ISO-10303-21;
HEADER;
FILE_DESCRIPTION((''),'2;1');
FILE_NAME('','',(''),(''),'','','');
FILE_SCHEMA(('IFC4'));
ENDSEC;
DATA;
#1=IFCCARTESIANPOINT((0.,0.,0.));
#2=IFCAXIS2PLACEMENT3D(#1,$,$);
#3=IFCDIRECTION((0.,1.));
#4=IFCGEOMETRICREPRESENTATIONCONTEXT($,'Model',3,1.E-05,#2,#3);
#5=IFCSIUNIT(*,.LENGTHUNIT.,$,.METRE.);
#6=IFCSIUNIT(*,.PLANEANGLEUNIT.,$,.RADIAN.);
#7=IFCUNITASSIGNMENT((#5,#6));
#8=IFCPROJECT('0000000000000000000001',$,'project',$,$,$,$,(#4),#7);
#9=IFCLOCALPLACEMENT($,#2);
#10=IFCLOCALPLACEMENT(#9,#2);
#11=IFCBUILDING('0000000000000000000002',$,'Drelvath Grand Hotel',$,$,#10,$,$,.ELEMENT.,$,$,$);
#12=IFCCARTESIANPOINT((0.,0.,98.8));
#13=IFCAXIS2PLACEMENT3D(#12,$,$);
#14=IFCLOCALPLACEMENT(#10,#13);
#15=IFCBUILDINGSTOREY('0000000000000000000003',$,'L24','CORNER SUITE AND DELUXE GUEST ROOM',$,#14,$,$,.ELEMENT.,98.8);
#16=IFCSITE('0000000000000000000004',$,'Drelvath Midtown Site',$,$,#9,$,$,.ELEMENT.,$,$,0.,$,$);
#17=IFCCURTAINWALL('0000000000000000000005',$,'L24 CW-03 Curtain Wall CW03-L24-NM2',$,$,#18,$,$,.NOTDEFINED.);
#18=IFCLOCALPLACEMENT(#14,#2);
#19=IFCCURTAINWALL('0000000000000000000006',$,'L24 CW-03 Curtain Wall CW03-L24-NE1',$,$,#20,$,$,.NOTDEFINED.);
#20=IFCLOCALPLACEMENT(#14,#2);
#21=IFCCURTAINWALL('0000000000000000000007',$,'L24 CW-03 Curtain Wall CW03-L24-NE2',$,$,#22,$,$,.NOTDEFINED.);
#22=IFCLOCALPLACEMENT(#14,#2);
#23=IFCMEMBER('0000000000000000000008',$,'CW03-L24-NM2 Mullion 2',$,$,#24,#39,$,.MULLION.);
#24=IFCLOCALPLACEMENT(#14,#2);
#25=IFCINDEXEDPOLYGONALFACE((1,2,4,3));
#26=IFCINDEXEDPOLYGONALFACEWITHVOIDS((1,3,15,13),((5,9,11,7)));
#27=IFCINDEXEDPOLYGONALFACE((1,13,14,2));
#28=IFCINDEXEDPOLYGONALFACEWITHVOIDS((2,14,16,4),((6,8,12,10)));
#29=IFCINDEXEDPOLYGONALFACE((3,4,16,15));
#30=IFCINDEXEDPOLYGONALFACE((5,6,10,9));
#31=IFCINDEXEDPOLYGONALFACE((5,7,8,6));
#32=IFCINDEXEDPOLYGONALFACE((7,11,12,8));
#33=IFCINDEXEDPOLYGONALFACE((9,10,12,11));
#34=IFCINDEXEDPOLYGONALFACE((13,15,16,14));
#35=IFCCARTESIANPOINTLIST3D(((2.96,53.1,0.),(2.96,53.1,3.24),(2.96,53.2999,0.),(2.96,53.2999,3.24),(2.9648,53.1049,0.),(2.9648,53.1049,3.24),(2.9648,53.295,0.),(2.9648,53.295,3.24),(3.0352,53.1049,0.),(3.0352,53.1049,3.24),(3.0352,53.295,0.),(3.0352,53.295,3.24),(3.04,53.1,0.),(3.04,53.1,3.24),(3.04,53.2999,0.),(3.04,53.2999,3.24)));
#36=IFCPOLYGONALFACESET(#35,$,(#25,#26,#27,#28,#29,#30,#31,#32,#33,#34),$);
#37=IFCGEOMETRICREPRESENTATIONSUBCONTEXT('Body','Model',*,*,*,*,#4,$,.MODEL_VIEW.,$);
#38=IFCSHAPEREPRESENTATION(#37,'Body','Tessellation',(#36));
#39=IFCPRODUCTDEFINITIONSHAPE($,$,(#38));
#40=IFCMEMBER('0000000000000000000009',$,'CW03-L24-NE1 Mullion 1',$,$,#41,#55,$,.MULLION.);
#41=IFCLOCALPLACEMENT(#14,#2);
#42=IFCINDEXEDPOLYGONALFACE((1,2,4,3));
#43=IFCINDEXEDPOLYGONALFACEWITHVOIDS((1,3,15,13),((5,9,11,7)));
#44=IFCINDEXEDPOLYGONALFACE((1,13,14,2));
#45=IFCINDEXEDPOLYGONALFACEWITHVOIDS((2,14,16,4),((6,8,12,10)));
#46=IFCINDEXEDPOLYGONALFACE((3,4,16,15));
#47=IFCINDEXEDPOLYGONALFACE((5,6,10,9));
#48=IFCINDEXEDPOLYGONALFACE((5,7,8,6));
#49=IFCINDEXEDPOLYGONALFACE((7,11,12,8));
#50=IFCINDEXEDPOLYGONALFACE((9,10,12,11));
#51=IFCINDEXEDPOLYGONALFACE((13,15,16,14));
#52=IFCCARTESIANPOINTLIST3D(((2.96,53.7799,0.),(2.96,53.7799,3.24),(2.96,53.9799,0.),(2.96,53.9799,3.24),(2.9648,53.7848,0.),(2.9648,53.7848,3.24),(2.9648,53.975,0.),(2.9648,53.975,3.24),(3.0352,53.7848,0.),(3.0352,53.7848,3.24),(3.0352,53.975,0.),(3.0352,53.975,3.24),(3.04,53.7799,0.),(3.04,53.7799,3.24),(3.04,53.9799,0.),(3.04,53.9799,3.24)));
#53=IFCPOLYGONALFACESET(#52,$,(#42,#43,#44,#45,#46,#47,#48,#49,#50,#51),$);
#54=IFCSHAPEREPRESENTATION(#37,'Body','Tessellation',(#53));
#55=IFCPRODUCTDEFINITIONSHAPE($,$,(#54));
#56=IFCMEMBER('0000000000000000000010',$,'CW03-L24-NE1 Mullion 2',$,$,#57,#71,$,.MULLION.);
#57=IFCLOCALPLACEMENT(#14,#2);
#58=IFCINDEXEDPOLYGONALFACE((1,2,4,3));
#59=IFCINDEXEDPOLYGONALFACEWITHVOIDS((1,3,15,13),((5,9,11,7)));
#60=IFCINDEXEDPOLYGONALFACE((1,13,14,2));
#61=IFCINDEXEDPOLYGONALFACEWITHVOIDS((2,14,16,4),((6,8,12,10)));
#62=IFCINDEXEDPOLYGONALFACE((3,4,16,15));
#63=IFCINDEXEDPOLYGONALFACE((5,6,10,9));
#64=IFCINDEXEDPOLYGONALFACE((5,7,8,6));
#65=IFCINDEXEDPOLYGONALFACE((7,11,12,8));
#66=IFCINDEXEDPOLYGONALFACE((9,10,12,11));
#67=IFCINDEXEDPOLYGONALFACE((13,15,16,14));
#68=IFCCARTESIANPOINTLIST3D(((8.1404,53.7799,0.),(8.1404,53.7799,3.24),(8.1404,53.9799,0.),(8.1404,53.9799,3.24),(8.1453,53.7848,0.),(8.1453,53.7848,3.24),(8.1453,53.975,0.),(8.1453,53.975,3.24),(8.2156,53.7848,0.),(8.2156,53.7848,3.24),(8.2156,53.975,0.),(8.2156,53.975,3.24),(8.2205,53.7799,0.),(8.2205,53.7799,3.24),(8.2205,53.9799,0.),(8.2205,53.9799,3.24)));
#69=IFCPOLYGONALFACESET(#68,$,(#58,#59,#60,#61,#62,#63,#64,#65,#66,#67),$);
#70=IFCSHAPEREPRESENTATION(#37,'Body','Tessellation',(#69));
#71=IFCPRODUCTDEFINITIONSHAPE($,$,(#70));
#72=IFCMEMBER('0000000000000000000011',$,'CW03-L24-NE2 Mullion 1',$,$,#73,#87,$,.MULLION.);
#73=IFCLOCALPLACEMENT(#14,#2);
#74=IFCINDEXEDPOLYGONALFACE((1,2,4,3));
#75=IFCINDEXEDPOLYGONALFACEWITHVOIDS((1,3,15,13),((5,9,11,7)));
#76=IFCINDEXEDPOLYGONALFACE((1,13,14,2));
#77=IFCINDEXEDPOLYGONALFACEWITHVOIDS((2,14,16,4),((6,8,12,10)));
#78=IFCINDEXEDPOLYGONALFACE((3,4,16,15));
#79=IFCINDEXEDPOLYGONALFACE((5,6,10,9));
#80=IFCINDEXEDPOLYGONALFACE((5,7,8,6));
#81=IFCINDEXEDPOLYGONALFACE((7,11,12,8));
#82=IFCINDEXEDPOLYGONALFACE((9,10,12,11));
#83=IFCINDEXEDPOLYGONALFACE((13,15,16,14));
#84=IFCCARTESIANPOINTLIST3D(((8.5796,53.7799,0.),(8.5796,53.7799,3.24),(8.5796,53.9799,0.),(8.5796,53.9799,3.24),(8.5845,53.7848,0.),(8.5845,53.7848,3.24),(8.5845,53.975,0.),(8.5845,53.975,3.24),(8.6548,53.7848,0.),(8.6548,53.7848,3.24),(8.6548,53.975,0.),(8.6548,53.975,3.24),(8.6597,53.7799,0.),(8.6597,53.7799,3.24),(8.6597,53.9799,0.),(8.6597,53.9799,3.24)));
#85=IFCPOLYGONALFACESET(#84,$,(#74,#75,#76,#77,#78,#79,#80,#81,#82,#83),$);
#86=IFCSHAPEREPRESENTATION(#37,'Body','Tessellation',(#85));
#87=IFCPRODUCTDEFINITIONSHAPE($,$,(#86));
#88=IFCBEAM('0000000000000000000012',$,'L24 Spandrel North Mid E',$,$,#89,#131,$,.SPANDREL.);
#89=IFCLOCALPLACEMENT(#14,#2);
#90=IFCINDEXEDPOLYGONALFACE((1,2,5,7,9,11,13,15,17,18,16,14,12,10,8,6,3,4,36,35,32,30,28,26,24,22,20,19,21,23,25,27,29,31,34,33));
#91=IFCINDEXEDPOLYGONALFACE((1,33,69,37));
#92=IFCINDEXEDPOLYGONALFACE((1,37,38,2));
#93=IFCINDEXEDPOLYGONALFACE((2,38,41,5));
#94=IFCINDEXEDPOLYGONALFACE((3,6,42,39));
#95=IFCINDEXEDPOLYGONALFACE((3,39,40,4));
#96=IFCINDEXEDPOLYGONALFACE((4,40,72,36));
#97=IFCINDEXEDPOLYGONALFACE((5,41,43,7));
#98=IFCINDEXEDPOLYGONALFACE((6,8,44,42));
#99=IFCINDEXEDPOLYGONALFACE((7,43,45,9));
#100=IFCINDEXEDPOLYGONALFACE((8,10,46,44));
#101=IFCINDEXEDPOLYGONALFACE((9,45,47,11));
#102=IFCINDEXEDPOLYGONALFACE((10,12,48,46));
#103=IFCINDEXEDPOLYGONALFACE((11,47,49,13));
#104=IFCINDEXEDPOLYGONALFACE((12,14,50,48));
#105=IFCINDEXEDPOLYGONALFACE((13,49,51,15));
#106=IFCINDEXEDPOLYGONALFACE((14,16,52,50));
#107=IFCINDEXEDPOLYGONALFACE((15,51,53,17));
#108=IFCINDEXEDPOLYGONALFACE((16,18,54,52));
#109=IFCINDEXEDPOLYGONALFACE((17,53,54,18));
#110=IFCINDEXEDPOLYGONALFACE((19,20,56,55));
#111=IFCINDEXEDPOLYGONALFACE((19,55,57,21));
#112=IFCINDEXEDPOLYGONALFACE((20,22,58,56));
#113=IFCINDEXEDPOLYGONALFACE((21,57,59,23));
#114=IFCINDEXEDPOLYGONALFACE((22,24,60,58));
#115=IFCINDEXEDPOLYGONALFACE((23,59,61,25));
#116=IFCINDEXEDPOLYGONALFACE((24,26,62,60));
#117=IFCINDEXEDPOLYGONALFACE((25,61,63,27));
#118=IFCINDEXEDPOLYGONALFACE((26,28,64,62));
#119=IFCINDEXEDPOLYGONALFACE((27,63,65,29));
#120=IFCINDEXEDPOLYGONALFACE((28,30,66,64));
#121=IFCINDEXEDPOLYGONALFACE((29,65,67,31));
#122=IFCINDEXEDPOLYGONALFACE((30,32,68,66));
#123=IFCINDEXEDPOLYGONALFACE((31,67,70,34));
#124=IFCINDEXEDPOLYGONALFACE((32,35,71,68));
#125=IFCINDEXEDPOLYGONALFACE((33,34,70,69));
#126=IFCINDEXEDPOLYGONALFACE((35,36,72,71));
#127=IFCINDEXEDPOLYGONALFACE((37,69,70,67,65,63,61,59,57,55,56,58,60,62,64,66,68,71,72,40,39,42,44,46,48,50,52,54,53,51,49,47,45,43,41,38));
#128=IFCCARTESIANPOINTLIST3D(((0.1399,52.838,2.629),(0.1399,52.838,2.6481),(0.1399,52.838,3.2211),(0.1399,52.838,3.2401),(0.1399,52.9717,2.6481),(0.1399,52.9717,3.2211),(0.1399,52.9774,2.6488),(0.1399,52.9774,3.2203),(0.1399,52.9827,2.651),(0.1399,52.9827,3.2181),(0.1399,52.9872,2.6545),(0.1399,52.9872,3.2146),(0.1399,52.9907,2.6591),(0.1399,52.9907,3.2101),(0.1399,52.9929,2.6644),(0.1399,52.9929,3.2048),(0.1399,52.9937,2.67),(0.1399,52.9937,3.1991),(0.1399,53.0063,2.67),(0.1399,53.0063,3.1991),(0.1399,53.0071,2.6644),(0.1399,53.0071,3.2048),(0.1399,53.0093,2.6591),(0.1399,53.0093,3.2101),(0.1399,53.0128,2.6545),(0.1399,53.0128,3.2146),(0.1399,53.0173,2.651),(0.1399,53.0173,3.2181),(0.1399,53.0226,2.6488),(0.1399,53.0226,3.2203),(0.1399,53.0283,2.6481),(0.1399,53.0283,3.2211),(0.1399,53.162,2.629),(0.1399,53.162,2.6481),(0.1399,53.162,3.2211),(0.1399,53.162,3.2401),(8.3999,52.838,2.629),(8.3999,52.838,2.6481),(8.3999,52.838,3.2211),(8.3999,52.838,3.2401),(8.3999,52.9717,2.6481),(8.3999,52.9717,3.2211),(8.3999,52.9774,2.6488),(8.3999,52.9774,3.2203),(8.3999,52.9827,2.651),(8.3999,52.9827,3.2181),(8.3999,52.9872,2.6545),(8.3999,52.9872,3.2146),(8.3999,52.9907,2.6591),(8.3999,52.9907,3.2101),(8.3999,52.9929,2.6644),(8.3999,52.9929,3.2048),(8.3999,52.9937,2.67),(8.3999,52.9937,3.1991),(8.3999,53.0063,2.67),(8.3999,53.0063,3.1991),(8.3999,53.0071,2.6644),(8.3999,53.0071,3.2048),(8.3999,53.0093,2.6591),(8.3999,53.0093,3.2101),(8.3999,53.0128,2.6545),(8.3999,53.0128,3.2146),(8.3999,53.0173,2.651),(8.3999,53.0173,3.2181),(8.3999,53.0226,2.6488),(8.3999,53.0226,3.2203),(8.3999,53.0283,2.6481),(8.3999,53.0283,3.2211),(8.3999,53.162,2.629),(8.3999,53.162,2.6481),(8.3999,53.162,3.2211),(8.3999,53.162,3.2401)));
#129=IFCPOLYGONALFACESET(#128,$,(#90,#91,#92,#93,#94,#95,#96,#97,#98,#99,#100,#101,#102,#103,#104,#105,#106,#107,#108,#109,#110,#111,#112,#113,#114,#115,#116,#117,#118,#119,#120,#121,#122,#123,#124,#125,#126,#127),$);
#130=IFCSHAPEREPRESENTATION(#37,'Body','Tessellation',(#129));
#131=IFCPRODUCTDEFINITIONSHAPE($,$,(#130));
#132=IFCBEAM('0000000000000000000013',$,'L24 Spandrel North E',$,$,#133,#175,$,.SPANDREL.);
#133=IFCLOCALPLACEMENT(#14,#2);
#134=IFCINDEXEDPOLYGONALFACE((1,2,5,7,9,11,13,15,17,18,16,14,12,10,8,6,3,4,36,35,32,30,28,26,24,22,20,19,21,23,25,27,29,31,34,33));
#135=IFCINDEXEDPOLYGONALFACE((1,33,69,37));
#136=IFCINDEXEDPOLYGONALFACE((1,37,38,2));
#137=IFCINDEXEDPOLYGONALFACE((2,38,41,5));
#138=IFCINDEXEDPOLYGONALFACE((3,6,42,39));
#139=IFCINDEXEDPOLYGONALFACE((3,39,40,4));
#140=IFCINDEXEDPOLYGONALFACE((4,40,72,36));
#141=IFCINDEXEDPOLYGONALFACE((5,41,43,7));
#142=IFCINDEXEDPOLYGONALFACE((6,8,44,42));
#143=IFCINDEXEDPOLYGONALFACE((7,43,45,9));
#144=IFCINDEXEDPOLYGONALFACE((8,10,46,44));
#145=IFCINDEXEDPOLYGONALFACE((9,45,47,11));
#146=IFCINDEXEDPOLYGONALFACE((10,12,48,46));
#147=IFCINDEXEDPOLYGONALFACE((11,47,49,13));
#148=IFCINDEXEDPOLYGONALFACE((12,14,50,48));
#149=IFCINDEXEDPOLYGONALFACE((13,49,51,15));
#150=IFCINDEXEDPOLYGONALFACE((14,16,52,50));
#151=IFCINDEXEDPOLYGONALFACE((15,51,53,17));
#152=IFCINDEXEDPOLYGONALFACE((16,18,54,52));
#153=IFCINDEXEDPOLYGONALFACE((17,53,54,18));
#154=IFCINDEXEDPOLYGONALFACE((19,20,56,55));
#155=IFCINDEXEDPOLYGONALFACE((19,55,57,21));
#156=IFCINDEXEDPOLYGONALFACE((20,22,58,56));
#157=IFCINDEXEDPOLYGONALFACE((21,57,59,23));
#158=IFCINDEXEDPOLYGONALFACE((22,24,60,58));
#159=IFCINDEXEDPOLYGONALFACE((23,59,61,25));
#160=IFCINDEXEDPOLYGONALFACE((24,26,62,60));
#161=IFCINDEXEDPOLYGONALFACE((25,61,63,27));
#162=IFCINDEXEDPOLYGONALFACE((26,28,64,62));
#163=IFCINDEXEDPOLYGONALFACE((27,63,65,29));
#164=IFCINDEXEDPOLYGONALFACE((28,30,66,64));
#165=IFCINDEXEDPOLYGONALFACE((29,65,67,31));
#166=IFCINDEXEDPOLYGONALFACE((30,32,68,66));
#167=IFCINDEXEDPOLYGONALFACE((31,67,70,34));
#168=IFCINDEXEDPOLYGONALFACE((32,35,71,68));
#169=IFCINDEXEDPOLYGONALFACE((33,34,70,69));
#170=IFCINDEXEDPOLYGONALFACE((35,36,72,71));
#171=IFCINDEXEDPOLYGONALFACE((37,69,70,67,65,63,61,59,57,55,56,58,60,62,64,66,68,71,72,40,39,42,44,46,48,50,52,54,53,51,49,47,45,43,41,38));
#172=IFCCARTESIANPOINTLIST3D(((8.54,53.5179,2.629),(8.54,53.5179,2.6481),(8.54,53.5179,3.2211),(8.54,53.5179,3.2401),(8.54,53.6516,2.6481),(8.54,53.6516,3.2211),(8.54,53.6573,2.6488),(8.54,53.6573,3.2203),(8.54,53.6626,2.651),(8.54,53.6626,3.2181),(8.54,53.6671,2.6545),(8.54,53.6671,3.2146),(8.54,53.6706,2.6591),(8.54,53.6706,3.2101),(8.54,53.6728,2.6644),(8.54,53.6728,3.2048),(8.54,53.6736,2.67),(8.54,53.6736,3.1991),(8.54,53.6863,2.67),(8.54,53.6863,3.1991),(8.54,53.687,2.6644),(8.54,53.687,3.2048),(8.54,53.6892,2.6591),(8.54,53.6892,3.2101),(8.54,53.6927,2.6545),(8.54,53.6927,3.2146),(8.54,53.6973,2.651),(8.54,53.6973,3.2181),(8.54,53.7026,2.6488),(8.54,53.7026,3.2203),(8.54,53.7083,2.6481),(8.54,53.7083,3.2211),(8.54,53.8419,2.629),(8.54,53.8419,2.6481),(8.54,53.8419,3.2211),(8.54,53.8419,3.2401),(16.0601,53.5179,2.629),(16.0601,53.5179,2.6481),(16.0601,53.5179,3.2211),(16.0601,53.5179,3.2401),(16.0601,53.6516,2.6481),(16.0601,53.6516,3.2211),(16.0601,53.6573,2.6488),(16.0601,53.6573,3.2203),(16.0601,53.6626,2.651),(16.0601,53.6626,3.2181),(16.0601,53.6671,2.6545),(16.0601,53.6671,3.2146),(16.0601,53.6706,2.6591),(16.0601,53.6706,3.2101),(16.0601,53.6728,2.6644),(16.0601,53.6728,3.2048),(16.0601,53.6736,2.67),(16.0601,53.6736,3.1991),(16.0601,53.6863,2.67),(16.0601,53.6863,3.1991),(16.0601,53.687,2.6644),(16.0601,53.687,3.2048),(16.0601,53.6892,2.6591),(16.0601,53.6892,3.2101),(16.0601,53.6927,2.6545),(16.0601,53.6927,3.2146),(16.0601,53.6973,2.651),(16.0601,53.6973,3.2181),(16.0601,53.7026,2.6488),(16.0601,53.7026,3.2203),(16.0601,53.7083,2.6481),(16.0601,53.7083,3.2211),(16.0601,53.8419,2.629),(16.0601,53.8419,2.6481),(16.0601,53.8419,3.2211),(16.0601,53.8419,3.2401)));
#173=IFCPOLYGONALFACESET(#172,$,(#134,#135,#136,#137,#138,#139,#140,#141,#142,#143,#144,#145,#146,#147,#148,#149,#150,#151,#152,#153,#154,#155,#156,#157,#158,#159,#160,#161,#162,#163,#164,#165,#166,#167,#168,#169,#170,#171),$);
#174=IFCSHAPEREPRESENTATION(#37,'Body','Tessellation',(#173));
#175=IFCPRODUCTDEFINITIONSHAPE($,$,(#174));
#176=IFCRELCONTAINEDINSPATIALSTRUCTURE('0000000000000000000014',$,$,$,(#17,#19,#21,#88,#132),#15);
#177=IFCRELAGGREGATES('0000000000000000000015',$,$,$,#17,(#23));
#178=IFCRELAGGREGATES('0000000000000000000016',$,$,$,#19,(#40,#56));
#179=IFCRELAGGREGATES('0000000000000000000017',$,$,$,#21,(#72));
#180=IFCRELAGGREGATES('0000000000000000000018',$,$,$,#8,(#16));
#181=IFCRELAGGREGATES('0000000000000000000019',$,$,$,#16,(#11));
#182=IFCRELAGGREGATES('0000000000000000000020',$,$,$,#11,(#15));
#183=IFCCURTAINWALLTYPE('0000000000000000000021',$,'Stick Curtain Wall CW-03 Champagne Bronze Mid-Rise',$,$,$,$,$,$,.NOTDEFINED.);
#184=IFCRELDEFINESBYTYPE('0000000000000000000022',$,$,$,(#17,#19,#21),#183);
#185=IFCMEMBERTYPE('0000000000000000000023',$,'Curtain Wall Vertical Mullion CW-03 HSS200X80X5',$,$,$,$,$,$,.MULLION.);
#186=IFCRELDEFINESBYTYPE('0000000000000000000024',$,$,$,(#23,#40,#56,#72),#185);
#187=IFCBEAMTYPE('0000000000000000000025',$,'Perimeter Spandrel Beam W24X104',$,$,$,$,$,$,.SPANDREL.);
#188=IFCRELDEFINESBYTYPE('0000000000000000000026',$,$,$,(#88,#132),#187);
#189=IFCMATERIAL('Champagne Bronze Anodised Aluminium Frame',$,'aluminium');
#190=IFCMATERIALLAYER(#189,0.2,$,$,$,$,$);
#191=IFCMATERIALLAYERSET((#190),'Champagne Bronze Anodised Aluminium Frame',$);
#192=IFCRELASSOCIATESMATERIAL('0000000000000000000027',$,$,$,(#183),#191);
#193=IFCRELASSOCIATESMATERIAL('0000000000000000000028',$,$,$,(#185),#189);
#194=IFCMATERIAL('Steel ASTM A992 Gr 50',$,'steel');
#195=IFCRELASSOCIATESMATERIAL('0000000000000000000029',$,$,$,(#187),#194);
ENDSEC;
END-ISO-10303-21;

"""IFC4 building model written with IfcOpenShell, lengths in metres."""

from ifc_helpers import new_model, si_unit, direction, frame, origin, origin_2d, place, context, subcontext, project, spatial, hollow_rectangle, i_section, extrude, material, layer, layer_set, material_profile, profile_set, type_object, element, aggregate, save


model = new_model("IFC4")

# Units and contexts
model_context = context("Model", 3, precision=1e-05, world=origin(), true_north=direction((0.0, 1.0)))
body_context = subcontext(model_context, "Body", "Model", "MODEL_VIEW")
ifc_project = project(units=[si_unit("LENGTHUNIT", "METRE"), si_unit("PLANEANGLEUNIT", "RADIAN")], contexts=[model_context])

# Site, building, storey
site_placement = place(None, origin())
site = spatial("IfcSite", under=ifc_project, at=site_placement, Name="Drelvath Midtown Site", CompositionType="ELEMENT", RefElevation=0.0)
building_placement = place(site_placement, origin())
building = spatial("IfcBuilding", under=site, at=building_placement, Name="Drelvath Grand Hotel", CompositionType="ELEMENT")
storey_placement = place(building_placement, frame((0.0, 0.0, 98.8)))
storey = spatial("IfcBuildingStorey", under=building, at=storey_placement, Name="L24", Description="CORNER SUITE AND DELUXE GUEST ROOM", CompositionType="ELEMENT", Elevation=98.8)

# Curtain walls
ifc_material_1 = material(Name="Champagne Bronze Anodised Aluminium Frame", Category="aluminium")
ifc_layer_1 = layer(ifc_material_1, 0.2)
ifc_layer_set_1 = layer_set([ifc_layer_1], Name="Champagne Bronze Anodised Aluminium Frame")
curtain_wall_type = type_object("IfcCurtainWallType", Name="Stick Curtain Wall CW-03 Champagne Bronze Mid-Rise", PredefinedType="NOTDEFINED", material=ifc_layer_set_1)
curtain_wall_1_placement = place(storey_placement, origin())
curtain_wall_1 = element("IfcCurtainWall", 1, at=curtain_wall_1_placement, inside=storey, type_object=curtain_wall_type, Name="L24 CW-03 Curtain Wall CW03-L24-NM2", PredefinedType="NOTDEFINED")
curtain_wall_2_placement = place(storey_placement, origin())
curtain_wall_2 = element("IfcCurtainWall", 2, at=curtain_wall_2_placement, inside=storey, type_object=curtain_wall_type, Name="L24 CW-03 Curtain Wall CW03-L24-NE1", PredefinedType="NOTDEFINED")
curtain_wall_3_placement = place(storey_placement, origin())
curtain_wall_3 = element("IfcCurtainWall", 3, at=curtain_wall_3_placement, inside=storey, type_object=curtain_wall_type, Name="L24 CW-03 Curtain Wall CW03-L24-NE2", PredefinedType="NOTDEFINED")
ifc_material_profile_1 = material_profile(ifc_material_1, hollow_rectangle(XDim=0.0801, YDim=0.2, WallThickness=0.0049, at=origin_2d()), Name="HSS200X80X5")
ifc_profile_set_1 = profile_set([ifc_material_profile_1], Name="Champagne Bronze Anodised Aluminium Frame")
member_type_1 = type_object("IfcMemberType", Name="Curtain Wall Vertical Mullion CW-03 HSS200X80X5", PredefinedType="MULLION", material=ifc_profile_set_1)

# Members
member_1_placement = place(storey_placement, frame((3.0, 53.2, 0.0), z_axis=(0.0, 0.0, 1.0), x_axis=(1.0, 0.0, 0.0)))
member_1 = element("IfcMember", 4, at=member_1_placement, type_object=member_type_1, Name="CW03-L24-NM2 Mullion 2", PredefinedType="MULLION", context=body_context, shape_type="SweptSolid", body=[
    extrude(hollow_rectangle(XDim=0.0801, YDim=0.2, WallThickness=0.0049, at=origin_2d()), origin(), (0.0, 0.0, 1.0), 3.24),
])
member_2_placement = place(storey_placement, frame((3.0, 53.8799, 0.0), z_axis=(0.0, 0.0, 1.0), x_axis=(1.0, 0.0, 0.0)))
member_2 = element("IfcMember", 5, at=member_2_placement, type_object=member_type_1, Name="CW03-L24-NE1 Mullion 1", PredefinedType="MULLION", context=body_context, shape_type="SweptSolid", body=[
    extrude(hollow_rectangle(XDim=0.0801, YDim=0.2, WallThickness=0.0049, at=origin_2d()), origin(), (0.0, 0.0, 1.0), 3.24),
])
member_3_placement = place(storey_placement, frame((8.1804, 53.8799, 0.0), z_axis=(0.0, 0.0, 1.0), x_axis=(1.0, 0.0, 0.0)))
member_3 = element("IfcMember", 6, at=member_3_placement, type_object=member_type_1, Name="CW03-L24-NE1 Mullion 2", PredefinedType="MULLION", context=body_context, shape_type="SweptSolid", body=[
    extrude(hollow_rectangle(XDim=0.0801, YDim=0.2, WallThickness=0.0049, at=origin_2d()), origin(), (0.0, 0.0, 1.0), 3.24),
])
member_4_placement = place(storey_placement, frame((8.6196, 53.8799, 0.0), z_axis=(0.0, 0.0, 1.0), x_axis=(1.0, 0.0, 0.0)))
member_4 = element("IfcMember", 7, at=member_4_placement, type_object=member_type_1, Name="CW03-L24-NE2 Mullion 1", PredefinedType="MULLION", context=body_context, shape_type="SweptSolid", body=[
    extrude(hollow_rectangle(XDim=0.0801, YDim=0.2, WallThickness=0.0049, at=origin_2d()), origin(), (0.0, 0.0, 1.0), 3.24),
])

# Beams
ifc_material_2 = material(Name="Steel ASTM A992 Gr 50", Category="steel")
ifc_material_profile_2 = material_profile(ifc_material_2, i_section(OverallWidth=0.324, OverallDepth=0.6111, WebThickness=0.0127, FlangeThickness=0.019, FilletRadius=0.022, at=origin_2d()), Name="W24X104")
ifc_profile_set_2 = profile_set([ifc_material_profile_2], Name="Steel ASTM A992 Gr 50")
beam_type_1 = type_object("IfcBeamType", Name="Perimeter Spandrel Beam W24X104", PredefinedType="SPANDREL", material=ifc_profile_set_2)
beam_1_placement = place(storey_placement, frame((0.1399, 53.0, 2.9346), z_axis=(1.0, 0.0, 0.0), x_axis=(0.0, 1.0, 0.0)))
element("IfcBeam", 8, at=beam_1_placement, inside=storey, type_object=beam_type_1, Name="L24 Spandrel North Mid E", PredefinedType="SPANDREL", context=body_context, shape_type="SweptSolid", body=[
    extrude(i_section(OverallWidth=0.324, OverallDepth=0.6111, WebThickness=0.0127, FlangeThickness=0.019, FilletRadius=0.022, at=origin_2d()), origin(), (0.0, 0.0, 1.0), 8.26),
])
beam_2_placement = place(storey_placement, frame((8.54, 53.6799, 2.9346), z_axis=(1.0, 0.0, 0.0), x_axis=(0.0, 1.0, 0.0)))
element("IfcBeam", 9, at=beam_2_placement, inside=storey, type_object=beam_type_1, Name="L24 Spandrel North E", PredefinedType="SPANDREL", context=body_context, shape_type="SweptSolid", body=[
    extrude(i_section(OverallWidth=0.324, OverallDepth=0.6111, WebThickness=0.0127, FlangeThickness=0.019, FilletRadius=0.022, at=origin_2d()), origin(), (0.0, 0.0, 1.0), 7.52),
])

aggregate(curtain_wall_1, [member_1])
aggregate(curtain_wall_2, [member_2, member_3])
aggregate(curtain_wall_3, [member_4])

save(model, "model.ifc")
